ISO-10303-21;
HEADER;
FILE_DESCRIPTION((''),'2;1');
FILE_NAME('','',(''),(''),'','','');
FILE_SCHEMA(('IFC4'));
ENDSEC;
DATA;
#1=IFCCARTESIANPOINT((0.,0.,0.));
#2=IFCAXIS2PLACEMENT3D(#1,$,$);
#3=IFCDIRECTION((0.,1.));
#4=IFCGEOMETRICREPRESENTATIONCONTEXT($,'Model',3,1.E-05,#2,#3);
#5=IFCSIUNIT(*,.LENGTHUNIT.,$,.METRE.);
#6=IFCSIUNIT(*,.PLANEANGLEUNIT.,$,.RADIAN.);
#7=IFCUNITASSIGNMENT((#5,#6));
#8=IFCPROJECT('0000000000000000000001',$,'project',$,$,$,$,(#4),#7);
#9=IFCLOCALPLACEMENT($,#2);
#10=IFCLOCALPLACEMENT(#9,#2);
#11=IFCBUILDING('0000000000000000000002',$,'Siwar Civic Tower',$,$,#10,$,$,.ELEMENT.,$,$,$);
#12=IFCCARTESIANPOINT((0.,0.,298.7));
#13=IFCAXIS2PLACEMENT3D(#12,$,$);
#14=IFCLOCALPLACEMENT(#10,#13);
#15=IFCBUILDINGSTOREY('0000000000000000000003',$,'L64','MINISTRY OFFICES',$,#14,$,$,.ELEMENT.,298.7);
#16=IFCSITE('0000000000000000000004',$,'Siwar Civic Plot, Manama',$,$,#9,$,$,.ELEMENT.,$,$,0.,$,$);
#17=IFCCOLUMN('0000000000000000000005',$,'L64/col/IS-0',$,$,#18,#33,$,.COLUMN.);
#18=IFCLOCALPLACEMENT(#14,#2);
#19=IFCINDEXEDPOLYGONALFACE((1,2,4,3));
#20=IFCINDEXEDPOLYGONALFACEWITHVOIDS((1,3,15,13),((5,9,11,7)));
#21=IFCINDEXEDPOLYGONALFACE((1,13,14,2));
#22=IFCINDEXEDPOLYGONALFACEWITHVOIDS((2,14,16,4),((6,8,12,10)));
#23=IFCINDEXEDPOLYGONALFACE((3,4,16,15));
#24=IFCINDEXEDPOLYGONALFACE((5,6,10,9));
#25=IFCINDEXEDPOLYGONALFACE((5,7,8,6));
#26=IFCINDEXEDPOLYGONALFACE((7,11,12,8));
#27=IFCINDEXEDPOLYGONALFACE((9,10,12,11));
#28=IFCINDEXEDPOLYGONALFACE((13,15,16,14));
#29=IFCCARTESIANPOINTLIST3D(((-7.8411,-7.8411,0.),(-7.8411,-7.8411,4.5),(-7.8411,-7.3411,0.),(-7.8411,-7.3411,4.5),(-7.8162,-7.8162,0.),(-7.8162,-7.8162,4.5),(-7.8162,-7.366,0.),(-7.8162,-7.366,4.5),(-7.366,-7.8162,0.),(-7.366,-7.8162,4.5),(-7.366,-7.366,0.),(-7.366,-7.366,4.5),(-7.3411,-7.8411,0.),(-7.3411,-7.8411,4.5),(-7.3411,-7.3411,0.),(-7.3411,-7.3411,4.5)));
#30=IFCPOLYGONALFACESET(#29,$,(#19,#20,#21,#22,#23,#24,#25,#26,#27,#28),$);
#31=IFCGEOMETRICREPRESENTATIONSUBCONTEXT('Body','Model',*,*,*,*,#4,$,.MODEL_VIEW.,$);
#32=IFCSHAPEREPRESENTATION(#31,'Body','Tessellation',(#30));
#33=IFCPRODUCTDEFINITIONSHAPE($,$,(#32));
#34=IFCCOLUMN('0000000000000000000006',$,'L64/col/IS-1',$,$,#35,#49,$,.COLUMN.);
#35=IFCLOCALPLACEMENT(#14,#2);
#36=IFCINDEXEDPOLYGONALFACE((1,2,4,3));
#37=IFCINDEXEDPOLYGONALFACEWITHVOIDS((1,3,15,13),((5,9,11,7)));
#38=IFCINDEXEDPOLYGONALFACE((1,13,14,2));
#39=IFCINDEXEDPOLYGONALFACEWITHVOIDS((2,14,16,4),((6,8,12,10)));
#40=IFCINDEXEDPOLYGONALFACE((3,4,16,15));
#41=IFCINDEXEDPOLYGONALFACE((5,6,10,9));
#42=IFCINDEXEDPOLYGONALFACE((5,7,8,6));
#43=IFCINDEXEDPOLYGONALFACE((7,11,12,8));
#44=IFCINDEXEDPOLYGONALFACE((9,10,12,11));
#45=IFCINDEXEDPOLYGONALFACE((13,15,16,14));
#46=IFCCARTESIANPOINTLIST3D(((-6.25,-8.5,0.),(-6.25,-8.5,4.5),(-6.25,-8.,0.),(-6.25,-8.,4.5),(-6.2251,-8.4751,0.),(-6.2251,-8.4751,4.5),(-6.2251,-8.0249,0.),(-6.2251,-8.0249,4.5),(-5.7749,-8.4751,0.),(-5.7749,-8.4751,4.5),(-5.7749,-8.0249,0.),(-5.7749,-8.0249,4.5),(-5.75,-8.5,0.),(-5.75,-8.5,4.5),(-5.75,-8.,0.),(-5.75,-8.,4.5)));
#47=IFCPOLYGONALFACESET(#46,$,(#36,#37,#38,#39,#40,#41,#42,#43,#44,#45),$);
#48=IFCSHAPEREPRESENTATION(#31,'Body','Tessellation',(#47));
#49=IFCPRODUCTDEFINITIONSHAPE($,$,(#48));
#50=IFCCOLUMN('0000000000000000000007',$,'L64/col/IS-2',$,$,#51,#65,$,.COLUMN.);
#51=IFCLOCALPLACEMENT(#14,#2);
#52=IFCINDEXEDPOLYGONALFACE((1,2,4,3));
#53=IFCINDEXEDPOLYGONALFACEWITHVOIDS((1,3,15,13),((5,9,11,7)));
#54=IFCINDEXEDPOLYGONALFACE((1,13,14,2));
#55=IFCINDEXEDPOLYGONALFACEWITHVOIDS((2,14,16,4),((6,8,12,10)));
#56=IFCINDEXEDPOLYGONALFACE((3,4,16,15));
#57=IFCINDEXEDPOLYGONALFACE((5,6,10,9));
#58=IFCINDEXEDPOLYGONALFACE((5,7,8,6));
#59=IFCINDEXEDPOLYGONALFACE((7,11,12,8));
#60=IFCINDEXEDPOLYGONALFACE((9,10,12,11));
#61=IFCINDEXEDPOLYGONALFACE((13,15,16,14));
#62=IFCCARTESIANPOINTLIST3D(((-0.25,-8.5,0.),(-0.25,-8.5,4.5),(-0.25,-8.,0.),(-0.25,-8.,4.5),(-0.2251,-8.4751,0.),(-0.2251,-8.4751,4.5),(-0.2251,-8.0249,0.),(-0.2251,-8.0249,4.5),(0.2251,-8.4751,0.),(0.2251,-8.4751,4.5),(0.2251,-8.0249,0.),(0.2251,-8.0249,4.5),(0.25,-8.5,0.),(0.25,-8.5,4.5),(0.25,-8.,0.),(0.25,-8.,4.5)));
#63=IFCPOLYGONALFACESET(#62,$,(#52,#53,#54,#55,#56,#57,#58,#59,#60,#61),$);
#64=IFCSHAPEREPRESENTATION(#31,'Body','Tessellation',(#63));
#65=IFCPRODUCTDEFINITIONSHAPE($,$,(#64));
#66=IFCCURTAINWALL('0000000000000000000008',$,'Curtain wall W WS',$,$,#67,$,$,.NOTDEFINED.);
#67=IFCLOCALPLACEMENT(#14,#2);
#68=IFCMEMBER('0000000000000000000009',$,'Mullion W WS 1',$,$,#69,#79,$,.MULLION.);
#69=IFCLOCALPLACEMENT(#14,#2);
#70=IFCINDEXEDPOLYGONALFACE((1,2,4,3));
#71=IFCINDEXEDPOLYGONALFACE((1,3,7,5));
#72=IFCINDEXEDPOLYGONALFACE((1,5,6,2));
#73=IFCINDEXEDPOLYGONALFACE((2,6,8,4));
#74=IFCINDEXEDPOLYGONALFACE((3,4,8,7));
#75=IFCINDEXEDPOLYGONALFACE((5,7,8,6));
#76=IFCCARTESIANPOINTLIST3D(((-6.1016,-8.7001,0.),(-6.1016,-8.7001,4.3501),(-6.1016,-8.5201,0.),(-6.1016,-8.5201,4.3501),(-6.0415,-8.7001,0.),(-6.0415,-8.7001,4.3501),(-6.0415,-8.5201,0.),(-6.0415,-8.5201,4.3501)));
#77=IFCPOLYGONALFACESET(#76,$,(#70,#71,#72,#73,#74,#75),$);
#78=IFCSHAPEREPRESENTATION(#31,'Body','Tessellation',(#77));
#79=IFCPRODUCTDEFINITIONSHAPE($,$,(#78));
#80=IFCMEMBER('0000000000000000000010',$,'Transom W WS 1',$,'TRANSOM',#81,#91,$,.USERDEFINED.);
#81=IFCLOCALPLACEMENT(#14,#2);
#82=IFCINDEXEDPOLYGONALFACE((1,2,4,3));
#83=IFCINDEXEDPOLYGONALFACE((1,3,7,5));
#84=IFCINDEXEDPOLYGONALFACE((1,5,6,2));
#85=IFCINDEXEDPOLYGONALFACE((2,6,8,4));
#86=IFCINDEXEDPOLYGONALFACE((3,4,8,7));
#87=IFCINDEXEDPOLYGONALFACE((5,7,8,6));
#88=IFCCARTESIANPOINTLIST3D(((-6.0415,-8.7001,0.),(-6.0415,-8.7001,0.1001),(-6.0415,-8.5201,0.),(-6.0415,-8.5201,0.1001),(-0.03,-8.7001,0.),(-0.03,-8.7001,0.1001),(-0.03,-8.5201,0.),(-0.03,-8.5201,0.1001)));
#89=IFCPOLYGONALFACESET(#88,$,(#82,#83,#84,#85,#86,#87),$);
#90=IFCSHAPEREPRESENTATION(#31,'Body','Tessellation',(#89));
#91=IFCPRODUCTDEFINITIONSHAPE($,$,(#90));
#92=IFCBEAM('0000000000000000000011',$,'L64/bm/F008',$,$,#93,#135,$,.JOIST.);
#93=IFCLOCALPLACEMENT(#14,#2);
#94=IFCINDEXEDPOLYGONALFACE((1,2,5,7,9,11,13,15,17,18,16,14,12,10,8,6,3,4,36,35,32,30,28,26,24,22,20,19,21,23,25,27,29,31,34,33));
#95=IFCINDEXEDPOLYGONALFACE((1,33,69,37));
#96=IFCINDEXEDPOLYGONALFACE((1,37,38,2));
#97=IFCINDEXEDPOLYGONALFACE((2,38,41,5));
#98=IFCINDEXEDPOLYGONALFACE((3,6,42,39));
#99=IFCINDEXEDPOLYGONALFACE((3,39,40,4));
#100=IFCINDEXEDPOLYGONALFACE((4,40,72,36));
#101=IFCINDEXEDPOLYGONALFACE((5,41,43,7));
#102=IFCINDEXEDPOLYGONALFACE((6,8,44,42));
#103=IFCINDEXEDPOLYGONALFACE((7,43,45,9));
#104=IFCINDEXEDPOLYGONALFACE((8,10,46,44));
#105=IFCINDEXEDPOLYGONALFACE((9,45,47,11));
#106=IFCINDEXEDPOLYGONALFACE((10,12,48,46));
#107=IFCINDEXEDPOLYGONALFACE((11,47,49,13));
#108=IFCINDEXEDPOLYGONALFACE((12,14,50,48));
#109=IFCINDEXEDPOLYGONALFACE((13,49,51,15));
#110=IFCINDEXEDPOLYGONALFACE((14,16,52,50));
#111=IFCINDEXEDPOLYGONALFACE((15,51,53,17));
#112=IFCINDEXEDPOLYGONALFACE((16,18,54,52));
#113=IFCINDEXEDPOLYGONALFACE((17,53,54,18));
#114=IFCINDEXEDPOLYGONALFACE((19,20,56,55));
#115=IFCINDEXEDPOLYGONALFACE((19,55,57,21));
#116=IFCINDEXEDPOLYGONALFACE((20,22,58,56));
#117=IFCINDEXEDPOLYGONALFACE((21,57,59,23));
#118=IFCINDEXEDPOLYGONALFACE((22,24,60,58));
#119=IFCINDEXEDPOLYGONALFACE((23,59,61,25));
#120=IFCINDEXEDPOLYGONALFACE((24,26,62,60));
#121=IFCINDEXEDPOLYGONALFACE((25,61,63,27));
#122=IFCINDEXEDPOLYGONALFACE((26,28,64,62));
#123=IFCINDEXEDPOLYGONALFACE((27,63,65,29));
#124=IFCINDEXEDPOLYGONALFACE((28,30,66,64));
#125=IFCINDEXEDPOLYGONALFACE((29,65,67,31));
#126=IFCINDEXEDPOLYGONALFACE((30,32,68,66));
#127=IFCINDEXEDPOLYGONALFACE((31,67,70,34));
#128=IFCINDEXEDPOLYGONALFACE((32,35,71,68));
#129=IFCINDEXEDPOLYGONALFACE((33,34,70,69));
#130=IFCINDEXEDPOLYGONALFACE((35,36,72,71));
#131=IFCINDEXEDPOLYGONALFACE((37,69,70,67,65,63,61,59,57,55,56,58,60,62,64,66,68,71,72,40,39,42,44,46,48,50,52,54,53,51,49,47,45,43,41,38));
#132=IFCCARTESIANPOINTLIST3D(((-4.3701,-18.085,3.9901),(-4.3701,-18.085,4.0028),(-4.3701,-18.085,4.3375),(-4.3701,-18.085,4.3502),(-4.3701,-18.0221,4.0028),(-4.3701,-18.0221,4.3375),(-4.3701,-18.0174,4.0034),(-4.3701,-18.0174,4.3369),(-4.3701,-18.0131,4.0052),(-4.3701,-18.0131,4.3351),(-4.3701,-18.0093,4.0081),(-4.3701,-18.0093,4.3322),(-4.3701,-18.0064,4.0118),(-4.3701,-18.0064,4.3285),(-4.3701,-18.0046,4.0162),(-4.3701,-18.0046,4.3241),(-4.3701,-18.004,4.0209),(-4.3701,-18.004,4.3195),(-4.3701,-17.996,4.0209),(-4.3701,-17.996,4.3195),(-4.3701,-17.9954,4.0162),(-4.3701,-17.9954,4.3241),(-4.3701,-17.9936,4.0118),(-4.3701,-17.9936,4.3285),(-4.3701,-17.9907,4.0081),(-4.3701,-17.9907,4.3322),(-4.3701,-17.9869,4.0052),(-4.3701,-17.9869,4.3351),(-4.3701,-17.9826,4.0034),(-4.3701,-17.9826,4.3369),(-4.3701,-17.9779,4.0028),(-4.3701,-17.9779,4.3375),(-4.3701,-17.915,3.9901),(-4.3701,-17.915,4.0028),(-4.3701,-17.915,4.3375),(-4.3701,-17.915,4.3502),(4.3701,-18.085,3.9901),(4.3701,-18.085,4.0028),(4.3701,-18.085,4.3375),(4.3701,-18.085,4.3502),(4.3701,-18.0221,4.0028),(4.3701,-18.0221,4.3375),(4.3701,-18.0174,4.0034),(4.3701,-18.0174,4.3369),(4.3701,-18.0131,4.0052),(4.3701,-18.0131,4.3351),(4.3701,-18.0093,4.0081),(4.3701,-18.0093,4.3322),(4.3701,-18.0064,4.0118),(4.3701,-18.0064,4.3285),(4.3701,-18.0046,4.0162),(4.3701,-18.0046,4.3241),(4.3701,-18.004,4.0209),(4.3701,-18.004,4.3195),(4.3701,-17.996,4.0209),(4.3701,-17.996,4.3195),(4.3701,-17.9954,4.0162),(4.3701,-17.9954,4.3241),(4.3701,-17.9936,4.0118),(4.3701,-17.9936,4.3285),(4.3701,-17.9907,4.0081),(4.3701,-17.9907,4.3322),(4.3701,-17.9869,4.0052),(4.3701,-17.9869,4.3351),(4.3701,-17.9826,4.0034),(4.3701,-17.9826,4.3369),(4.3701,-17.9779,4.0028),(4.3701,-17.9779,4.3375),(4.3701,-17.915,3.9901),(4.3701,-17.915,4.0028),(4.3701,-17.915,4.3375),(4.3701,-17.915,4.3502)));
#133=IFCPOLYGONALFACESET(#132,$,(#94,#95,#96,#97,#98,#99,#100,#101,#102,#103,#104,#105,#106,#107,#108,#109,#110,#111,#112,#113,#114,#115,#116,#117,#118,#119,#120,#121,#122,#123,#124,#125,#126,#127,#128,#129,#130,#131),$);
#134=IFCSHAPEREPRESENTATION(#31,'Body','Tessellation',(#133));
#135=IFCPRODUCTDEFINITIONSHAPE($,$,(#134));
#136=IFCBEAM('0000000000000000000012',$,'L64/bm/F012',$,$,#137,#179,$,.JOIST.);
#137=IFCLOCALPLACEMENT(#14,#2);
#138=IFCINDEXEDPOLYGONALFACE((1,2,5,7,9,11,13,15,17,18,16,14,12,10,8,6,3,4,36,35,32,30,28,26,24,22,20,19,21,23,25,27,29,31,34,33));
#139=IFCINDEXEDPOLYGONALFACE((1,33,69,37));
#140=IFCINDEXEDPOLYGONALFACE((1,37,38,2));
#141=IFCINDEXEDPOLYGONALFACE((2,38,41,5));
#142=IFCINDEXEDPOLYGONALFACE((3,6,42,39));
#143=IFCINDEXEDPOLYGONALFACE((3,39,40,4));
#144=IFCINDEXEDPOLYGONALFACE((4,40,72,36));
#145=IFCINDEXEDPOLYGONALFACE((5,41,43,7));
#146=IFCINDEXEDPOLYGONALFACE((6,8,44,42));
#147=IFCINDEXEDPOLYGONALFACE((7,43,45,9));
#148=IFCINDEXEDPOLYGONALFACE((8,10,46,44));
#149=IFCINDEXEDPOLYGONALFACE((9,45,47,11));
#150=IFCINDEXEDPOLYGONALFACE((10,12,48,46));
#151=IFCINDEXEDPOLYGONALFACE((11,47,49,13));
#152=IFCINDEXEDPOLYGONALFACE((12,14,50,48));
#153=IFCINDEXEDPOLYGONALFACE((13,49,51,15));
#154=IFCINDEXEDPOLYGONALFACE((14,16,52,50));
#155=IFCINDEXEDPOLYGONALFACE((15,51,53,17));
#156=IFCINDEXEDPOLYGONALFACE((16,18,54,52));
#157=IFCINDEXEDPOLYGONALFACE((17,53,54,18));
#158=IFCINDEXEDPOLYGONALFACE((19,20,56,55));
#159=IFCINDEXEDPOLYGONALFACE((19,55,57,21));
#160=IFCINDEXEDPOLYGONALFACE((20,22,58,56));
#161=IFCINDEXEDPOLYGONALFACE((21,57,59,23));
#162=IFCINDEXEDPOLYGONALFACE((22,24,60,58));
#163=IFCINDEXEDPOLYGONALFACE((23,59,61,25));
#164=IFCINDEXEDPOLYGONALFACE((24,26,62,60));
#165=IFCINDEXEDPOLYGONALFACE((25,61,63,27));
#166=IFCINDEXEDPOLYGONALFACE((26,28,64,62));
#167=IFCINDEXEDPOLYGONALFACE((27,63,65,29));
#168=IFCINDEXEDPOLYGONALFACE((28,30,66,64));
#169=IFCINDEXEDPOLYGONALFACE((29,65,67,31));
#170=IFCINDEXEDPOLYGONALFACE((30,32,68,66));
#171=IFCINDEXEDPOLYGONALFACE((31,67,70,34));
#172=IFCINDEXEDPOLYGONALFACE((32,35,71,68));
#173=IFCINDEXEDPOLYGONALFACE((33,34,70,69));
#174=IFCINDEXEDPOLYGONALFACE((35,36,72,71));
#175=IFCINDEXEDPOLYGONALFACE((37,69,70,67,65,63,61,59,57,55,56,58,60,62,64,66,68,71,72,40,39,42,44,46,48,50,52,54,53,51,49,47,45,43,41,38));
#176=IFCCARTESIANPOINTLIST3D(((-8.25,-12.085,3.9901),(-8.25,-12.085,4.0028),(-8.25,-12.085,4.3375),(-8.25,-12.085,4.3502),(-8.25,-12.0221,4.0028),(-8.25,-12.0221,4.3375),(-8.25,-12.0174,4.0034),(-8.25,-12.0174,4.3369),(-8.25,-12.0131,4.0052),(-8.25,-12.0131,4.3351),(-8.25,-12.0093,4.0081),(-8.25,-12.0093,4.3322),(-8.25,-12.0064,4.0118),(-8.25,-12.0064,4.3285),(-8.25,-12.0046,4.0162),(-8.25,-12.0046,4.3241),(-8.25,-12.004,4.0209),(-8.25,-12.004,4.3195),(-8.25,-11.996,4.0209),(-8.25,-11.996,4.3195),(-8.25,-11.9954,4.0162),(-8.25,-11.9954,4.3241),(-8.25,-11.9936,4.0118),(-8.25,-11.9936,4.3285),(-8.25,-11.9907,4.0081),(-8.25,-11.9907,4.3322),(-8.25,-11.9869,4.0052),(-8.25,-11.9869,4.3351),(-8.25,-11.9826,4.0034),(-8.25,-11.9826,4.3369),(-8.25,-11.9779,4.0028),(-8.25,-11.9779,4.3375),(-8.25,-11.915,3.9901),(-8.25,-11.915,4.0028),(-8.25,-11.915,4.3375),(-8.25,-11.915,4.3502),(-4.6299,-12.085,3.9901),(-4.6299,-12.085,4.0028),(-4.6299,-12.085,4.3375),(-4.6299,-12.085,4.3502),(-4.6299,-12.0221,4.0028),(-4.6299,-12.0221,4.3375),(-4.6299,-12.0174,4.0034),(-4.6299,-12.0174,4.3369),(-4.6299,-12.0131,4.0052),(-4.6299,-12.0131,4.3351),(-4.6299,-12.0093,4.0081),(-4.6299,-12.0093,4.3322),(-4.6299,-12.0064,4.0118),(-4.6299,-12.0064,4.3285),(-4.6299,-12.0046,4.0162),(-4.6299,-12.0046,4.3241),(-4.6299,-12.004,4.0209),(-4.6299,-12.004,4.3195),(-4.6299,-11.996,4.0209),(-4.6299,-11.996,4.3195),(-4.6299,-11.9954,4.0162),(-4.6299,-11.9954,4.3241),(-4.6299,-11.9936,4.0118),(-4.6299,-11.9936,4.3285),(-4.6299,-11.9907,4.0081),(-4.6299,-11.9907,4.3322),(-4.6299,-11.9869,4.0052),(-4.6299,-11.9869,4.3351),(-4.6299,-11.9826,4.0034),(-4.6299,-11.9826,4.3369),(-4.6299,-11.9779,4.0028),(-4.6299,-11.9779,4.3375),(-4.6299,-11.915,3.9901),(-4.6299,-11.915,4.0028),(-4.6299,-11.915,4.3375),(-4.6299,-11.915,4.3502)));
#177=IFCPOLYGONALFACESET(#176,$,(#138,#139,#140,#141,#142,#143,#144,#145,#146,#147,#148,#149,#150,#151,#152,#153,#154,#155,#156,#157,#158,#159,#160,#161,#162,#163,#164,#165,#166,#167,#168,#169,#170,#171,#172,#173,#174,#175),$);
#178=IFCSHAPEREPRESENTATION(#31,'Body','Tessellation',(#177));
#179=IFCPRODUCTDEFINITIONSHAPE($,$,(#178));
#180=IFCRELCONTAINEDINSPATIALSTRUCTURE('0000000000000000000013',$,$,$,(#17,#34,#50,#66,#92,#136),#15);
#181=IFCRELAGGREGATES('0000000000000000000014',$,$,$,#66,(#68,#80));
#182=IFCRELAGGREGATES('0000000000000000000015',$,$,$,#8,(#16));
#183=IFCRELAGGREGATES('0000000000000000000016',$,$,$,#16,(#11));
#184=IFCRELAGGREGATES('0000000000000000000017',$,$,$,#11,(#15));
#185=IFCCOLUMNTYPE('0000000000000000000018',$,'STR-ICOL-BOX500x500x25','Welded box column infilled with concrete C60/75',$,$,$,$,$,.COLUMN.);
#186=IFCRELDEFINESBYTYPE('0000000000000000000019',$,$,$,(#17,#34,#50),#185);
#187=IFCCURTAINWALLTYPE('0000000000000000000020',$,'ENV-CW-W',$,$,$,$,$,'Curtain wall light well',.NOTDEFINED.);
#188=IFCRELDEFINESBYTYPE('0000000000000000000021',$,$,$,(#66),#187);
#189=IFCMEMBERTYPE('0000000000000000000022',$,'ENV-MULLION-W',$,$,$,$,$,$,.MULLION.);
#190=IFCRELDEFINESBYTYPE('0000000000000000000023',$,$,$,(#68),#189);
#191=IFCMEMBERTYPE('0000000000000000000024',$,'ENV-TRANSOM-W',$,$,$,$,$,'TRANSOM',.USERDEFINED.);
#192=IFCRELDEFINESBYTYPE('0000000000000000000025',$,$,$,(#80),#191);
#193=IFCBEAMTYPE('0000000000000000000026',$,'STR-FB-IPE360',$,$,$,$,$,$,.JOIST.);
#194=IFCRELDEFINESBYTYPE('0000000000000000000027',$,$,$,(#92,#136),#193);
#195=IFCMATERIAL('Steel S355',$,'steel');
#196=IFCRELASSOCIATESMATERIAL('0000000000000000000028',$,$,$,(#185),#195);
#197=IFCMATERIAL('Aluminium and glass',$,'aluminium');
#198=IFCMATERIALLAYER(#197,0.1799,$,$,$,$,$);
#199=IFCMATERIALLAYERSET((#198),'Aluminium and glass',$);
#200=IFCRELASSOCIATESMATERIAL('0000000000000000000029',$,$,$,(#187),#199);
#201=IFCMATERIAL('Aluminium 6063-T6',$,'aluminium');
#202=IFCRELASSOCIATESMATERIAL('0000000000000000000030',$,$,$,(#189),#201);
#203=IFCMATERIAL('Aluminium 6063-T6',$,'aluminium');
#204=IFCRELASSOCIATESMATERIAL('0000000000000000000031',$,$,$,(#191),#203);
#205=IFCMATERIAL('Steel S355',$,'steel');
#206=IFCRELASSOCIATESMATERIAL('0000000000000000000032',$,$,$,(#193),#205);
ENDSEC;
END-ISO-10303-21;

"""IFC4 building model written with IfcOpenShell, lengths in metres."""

from ifc_helpers import new_model, si_unit, direction, frame, origin, origin_2d, place, context, subcontext, project, spatial, rectangle, hollow_rectangle, i_section, extrude, material, layer, layer_set, material_profile, profile_set, type_object, element, aggregate, save


model = new_model("IFC4")

# Units and contexts
model_context = context("Model", 3, precision=1e-05, world=origin(), true_north=direction((0.0, 1.0)))
body_context = subcontext(model_context, "Body", "Model", "MODEL_VIEW")
ifc_project = project(units=[si_unit("LENGTHUNIT", "METRE"), si_unit("PLANEANGLEUNIT", "RADIAN")], contexts=[model_context])

# Site, building, storey
site_placement = place(None, origin())
site = spatial("IfcSite", under=ifc_project, at=site_placement, Name="Siwar Civic Plot, Manama", CompositionType="ELEMENT", RefElevation=0.0)
building_placement = place(site_placement, origin())
building = spatial("IfcBuilding", under=site, at=building_placement, Name="Siwar Civic Tower", CompositionType="ELEMENT")
storey_placement = place(building_placement, frame((0.0, 0.0, 298.7)))
storey = spatial("IfcBuildingStorey", under=building, at=storey_placement, Name="L64", Description="MINISTRY OFFICES", CompositionType="ELEMENT", Elevation=298.7)

# Columns
ifc_material_1 = material(Name="Steel S355", Category="steel")
ifc_material_profile_1 = material_profile(ifc_material_1, hollow_rectangle(XDim=0.5, YDim=0.5, WallThickness=0.0249, at=origin_2d()), Name="BOX500x500x25")
ifc_profile_set_1 = profile_set([ifc_material_profile_1], Name="Steel S355")
column_type = type_object("IfcColumnType", Name="STR-ICOL-BOX500x500x25", Description="Welded box column infilled with concrete C60/75", PredefinedType="COLUMN", material=ifc_profile_set_1)
for number, where, z_axis, x_axis, name in (
    (1, (-7.5911, -7.5911, 0.0), (0.0, 0.0, 1.0), (1.0, 0.0, 0.0), "L64/col/IS-0"),
    (2, (-6.0, -8.25, 0.0), (0.0, 0.0, 1.0), (1.0, 0.0, 0.0), "L64/col/IS-1"),
    (3, (0.0, -8.25, 0.0), (0.0, 0.0, 1.0), (1.0, 0.0, 0.0), "L64/col/IS-2"),
):
    element("IfcColumn", number, at=place(storey_placement, frame(where, z_axis=z_axis, x_axis=x_axis)), inside=storey, type_object=column_type, Name=name, PredefinedType="COLUMN", context=body_context, shape_type="SweptSolid", body=[
        extrude(hollow_rectangle(XDim=0.5, YDim=0.5, WallThickness=0.0249, at=origin_2d()), origin(), (0.0, 0.0, 1.0), 4.5),
    ])

# Curtain wall, members
ifc_material_2 = material(Name="Aluminium and glass", Category="aluminium")
ifc_layer_1 = layer(ifc_material_2, 0.1799)
ifc_layer_set_1 = layer_set([ifc_layer_1], Name="Aluminium and glass")
curtain_wall_type = type_object("IfcCurtainWallType", Name="ENV-CW-W", ElementType="Curtain wall light well", PredefinedType="NOTDEFINED", material=ifc_layer_set_1)
curtain_wall_placement = place(storey_placement, origin())
curtain_wall = element("IfcCurtainWall", 4, at=curtain_wall_placement, inside=storey, type_object=curtain_wall_type, Name="Curtain wall W WS", PredefinedType="NOTDEFINED")
ifc_material_3 = material(Name="Aluminium 6063-T6", Category="aluminium")
ifc_material_profile_2 = material_profile(ifc_material_3, rectangle(XDim=0.1799, YDim=0.0601, at=origin_2d()), Name="AL 180x60")
ifc_profile_set_2 = profile_set([ifc_material_profile_2], Name="Aluminium 6063-T6")
member_type_1 = type_object("IfcMemberType", Name="ENV-MULLION-W", PredefinedType="MULLION", material=ifc_profile_set_2)
member_1_placement = place(storey_placement, frame((-6.0715, -8.6101, 0.0), z_axis=(0.0, 0.0, 1.0), x_axis=(0.0, 1.0, 0.0)))
member_1 = element("IfcMember", 5, at=member_1_placement, type_object=member_type_1, Name="Mullion W WS 1", PredefinedType="MULLION", context=body_context, shape_type="SweptSolid", body=[
    extrude(rectangle(XDim=0.1799, YDim=0.0601, at=origin_2d()), origin(), (0.0, 0.0, 1.0), 4.3501),
])
ifc_material_4 = material(Name="Aluminium 6063-T6", Category="aluminium")
ifc_material_profile_3 = material_profile(ifc_material_4, rectangle(XDim=0.1799, YDim=0.1001, at=origin_2d()), Name="AL 180x100")
ifc_profile_set_3 = profile_set([ifc_material_profile_3], Name="Aluminium 6063-T6")
member_type_2 = type_object("IfcMemberType", Name="ENV-TRANSOM-W", ElementType="TRANSOM", PredefinedType="USERDEFINED", material=ifc_profile_set_3)
member_2_placement = place(storey_placement, frame((-6.0415, -8.6101, 0.05), z_axis=(1.0, 0.0, 0.0), x_axis=(0.0, 1.0, 0.0)))
member_2 = element("IfcMember", 6, at=member_2_placement, type_object=member_type_2, Name="Transom W WS 1", ObjectType="TRANSOM", PredefinedType="USERDEFINED", context=body_context, shape_type="SweptSolid", body=[
    extrude(rectangle(XDim=0.1799, YDim=0.1001, at=origin_2d()), origin(), (0.0, 0.0, 1.0), 6.0115),
])

# Beams
ifc_material_5 = material(Name="Steel S355", Category="steel")
ifc_material_profile_4 = material_profile(ifc_material_5, i_section(OverallWidth=0.1699, OverallDepth=0.3601, WebThickness=0.0081, FlangeThickness=0.0127, FilletRadius=0.0181, at=origin_2d()), Name="IPE360")
ifc_profile_set_4 = profile_set([ifc_material_profile_4], Name="Steel S355")
beam_type_1 = type_object("IfcBeamType", Name="STR-FB-IPE360", PredefinedType="JOIST", material=ifc_profile_set_4)
beam_1_placement = place(storey_placement, frame((-4.3701, -18.0, 4.1702), z_axis=(1.0, 0.0, 0.0), x_axis=(0.0, 1.0, 0.0)))
element("IfcBeam", 7, at=beam_1_placement, inside=storey, type_object=beam_type_1, Name="L64/bm/F008", PredefinedType="JOIST", context=body_context, shape_type="SweptSolid", body=[
    extrude(i_section(OverallWidth=0.1699, OverallDepth=0.3601, WebThickness=0.0081, FlangeThickness=0.0127, FilletRadius=0.0181, at=origin_2d()), origin(), (0.0, 0.0, 1.0), 8.7402),
])
beam_2_placement = place(storey_placement, frame((-8.25, -12.0, 4.1702), z_axis=(1.0, 0.0, 0.0), x_axis=(0.0, 1.0, 0.0)))
element("IfcBeam", 8, at=beam_2_placement, inside=storey, type_object=beam_type_1, Name="L64/bm/F012", PredefinedType="JOIST", context=body_context, shape_type="SweptSolid", body=[
    extrude(i_section(OverallWidth=0.1699, OverallDepth=0.3601, WebThickness=0.0081, FlangeThickness=0.0127, FilletRadius=0.0181, at=origin_2d()), origin(), (0.0, 0.0, 1.0), 3.6201),
])

aggregate(curtain_wall, [member_1, member_2])

save(model, "model.ifc")
